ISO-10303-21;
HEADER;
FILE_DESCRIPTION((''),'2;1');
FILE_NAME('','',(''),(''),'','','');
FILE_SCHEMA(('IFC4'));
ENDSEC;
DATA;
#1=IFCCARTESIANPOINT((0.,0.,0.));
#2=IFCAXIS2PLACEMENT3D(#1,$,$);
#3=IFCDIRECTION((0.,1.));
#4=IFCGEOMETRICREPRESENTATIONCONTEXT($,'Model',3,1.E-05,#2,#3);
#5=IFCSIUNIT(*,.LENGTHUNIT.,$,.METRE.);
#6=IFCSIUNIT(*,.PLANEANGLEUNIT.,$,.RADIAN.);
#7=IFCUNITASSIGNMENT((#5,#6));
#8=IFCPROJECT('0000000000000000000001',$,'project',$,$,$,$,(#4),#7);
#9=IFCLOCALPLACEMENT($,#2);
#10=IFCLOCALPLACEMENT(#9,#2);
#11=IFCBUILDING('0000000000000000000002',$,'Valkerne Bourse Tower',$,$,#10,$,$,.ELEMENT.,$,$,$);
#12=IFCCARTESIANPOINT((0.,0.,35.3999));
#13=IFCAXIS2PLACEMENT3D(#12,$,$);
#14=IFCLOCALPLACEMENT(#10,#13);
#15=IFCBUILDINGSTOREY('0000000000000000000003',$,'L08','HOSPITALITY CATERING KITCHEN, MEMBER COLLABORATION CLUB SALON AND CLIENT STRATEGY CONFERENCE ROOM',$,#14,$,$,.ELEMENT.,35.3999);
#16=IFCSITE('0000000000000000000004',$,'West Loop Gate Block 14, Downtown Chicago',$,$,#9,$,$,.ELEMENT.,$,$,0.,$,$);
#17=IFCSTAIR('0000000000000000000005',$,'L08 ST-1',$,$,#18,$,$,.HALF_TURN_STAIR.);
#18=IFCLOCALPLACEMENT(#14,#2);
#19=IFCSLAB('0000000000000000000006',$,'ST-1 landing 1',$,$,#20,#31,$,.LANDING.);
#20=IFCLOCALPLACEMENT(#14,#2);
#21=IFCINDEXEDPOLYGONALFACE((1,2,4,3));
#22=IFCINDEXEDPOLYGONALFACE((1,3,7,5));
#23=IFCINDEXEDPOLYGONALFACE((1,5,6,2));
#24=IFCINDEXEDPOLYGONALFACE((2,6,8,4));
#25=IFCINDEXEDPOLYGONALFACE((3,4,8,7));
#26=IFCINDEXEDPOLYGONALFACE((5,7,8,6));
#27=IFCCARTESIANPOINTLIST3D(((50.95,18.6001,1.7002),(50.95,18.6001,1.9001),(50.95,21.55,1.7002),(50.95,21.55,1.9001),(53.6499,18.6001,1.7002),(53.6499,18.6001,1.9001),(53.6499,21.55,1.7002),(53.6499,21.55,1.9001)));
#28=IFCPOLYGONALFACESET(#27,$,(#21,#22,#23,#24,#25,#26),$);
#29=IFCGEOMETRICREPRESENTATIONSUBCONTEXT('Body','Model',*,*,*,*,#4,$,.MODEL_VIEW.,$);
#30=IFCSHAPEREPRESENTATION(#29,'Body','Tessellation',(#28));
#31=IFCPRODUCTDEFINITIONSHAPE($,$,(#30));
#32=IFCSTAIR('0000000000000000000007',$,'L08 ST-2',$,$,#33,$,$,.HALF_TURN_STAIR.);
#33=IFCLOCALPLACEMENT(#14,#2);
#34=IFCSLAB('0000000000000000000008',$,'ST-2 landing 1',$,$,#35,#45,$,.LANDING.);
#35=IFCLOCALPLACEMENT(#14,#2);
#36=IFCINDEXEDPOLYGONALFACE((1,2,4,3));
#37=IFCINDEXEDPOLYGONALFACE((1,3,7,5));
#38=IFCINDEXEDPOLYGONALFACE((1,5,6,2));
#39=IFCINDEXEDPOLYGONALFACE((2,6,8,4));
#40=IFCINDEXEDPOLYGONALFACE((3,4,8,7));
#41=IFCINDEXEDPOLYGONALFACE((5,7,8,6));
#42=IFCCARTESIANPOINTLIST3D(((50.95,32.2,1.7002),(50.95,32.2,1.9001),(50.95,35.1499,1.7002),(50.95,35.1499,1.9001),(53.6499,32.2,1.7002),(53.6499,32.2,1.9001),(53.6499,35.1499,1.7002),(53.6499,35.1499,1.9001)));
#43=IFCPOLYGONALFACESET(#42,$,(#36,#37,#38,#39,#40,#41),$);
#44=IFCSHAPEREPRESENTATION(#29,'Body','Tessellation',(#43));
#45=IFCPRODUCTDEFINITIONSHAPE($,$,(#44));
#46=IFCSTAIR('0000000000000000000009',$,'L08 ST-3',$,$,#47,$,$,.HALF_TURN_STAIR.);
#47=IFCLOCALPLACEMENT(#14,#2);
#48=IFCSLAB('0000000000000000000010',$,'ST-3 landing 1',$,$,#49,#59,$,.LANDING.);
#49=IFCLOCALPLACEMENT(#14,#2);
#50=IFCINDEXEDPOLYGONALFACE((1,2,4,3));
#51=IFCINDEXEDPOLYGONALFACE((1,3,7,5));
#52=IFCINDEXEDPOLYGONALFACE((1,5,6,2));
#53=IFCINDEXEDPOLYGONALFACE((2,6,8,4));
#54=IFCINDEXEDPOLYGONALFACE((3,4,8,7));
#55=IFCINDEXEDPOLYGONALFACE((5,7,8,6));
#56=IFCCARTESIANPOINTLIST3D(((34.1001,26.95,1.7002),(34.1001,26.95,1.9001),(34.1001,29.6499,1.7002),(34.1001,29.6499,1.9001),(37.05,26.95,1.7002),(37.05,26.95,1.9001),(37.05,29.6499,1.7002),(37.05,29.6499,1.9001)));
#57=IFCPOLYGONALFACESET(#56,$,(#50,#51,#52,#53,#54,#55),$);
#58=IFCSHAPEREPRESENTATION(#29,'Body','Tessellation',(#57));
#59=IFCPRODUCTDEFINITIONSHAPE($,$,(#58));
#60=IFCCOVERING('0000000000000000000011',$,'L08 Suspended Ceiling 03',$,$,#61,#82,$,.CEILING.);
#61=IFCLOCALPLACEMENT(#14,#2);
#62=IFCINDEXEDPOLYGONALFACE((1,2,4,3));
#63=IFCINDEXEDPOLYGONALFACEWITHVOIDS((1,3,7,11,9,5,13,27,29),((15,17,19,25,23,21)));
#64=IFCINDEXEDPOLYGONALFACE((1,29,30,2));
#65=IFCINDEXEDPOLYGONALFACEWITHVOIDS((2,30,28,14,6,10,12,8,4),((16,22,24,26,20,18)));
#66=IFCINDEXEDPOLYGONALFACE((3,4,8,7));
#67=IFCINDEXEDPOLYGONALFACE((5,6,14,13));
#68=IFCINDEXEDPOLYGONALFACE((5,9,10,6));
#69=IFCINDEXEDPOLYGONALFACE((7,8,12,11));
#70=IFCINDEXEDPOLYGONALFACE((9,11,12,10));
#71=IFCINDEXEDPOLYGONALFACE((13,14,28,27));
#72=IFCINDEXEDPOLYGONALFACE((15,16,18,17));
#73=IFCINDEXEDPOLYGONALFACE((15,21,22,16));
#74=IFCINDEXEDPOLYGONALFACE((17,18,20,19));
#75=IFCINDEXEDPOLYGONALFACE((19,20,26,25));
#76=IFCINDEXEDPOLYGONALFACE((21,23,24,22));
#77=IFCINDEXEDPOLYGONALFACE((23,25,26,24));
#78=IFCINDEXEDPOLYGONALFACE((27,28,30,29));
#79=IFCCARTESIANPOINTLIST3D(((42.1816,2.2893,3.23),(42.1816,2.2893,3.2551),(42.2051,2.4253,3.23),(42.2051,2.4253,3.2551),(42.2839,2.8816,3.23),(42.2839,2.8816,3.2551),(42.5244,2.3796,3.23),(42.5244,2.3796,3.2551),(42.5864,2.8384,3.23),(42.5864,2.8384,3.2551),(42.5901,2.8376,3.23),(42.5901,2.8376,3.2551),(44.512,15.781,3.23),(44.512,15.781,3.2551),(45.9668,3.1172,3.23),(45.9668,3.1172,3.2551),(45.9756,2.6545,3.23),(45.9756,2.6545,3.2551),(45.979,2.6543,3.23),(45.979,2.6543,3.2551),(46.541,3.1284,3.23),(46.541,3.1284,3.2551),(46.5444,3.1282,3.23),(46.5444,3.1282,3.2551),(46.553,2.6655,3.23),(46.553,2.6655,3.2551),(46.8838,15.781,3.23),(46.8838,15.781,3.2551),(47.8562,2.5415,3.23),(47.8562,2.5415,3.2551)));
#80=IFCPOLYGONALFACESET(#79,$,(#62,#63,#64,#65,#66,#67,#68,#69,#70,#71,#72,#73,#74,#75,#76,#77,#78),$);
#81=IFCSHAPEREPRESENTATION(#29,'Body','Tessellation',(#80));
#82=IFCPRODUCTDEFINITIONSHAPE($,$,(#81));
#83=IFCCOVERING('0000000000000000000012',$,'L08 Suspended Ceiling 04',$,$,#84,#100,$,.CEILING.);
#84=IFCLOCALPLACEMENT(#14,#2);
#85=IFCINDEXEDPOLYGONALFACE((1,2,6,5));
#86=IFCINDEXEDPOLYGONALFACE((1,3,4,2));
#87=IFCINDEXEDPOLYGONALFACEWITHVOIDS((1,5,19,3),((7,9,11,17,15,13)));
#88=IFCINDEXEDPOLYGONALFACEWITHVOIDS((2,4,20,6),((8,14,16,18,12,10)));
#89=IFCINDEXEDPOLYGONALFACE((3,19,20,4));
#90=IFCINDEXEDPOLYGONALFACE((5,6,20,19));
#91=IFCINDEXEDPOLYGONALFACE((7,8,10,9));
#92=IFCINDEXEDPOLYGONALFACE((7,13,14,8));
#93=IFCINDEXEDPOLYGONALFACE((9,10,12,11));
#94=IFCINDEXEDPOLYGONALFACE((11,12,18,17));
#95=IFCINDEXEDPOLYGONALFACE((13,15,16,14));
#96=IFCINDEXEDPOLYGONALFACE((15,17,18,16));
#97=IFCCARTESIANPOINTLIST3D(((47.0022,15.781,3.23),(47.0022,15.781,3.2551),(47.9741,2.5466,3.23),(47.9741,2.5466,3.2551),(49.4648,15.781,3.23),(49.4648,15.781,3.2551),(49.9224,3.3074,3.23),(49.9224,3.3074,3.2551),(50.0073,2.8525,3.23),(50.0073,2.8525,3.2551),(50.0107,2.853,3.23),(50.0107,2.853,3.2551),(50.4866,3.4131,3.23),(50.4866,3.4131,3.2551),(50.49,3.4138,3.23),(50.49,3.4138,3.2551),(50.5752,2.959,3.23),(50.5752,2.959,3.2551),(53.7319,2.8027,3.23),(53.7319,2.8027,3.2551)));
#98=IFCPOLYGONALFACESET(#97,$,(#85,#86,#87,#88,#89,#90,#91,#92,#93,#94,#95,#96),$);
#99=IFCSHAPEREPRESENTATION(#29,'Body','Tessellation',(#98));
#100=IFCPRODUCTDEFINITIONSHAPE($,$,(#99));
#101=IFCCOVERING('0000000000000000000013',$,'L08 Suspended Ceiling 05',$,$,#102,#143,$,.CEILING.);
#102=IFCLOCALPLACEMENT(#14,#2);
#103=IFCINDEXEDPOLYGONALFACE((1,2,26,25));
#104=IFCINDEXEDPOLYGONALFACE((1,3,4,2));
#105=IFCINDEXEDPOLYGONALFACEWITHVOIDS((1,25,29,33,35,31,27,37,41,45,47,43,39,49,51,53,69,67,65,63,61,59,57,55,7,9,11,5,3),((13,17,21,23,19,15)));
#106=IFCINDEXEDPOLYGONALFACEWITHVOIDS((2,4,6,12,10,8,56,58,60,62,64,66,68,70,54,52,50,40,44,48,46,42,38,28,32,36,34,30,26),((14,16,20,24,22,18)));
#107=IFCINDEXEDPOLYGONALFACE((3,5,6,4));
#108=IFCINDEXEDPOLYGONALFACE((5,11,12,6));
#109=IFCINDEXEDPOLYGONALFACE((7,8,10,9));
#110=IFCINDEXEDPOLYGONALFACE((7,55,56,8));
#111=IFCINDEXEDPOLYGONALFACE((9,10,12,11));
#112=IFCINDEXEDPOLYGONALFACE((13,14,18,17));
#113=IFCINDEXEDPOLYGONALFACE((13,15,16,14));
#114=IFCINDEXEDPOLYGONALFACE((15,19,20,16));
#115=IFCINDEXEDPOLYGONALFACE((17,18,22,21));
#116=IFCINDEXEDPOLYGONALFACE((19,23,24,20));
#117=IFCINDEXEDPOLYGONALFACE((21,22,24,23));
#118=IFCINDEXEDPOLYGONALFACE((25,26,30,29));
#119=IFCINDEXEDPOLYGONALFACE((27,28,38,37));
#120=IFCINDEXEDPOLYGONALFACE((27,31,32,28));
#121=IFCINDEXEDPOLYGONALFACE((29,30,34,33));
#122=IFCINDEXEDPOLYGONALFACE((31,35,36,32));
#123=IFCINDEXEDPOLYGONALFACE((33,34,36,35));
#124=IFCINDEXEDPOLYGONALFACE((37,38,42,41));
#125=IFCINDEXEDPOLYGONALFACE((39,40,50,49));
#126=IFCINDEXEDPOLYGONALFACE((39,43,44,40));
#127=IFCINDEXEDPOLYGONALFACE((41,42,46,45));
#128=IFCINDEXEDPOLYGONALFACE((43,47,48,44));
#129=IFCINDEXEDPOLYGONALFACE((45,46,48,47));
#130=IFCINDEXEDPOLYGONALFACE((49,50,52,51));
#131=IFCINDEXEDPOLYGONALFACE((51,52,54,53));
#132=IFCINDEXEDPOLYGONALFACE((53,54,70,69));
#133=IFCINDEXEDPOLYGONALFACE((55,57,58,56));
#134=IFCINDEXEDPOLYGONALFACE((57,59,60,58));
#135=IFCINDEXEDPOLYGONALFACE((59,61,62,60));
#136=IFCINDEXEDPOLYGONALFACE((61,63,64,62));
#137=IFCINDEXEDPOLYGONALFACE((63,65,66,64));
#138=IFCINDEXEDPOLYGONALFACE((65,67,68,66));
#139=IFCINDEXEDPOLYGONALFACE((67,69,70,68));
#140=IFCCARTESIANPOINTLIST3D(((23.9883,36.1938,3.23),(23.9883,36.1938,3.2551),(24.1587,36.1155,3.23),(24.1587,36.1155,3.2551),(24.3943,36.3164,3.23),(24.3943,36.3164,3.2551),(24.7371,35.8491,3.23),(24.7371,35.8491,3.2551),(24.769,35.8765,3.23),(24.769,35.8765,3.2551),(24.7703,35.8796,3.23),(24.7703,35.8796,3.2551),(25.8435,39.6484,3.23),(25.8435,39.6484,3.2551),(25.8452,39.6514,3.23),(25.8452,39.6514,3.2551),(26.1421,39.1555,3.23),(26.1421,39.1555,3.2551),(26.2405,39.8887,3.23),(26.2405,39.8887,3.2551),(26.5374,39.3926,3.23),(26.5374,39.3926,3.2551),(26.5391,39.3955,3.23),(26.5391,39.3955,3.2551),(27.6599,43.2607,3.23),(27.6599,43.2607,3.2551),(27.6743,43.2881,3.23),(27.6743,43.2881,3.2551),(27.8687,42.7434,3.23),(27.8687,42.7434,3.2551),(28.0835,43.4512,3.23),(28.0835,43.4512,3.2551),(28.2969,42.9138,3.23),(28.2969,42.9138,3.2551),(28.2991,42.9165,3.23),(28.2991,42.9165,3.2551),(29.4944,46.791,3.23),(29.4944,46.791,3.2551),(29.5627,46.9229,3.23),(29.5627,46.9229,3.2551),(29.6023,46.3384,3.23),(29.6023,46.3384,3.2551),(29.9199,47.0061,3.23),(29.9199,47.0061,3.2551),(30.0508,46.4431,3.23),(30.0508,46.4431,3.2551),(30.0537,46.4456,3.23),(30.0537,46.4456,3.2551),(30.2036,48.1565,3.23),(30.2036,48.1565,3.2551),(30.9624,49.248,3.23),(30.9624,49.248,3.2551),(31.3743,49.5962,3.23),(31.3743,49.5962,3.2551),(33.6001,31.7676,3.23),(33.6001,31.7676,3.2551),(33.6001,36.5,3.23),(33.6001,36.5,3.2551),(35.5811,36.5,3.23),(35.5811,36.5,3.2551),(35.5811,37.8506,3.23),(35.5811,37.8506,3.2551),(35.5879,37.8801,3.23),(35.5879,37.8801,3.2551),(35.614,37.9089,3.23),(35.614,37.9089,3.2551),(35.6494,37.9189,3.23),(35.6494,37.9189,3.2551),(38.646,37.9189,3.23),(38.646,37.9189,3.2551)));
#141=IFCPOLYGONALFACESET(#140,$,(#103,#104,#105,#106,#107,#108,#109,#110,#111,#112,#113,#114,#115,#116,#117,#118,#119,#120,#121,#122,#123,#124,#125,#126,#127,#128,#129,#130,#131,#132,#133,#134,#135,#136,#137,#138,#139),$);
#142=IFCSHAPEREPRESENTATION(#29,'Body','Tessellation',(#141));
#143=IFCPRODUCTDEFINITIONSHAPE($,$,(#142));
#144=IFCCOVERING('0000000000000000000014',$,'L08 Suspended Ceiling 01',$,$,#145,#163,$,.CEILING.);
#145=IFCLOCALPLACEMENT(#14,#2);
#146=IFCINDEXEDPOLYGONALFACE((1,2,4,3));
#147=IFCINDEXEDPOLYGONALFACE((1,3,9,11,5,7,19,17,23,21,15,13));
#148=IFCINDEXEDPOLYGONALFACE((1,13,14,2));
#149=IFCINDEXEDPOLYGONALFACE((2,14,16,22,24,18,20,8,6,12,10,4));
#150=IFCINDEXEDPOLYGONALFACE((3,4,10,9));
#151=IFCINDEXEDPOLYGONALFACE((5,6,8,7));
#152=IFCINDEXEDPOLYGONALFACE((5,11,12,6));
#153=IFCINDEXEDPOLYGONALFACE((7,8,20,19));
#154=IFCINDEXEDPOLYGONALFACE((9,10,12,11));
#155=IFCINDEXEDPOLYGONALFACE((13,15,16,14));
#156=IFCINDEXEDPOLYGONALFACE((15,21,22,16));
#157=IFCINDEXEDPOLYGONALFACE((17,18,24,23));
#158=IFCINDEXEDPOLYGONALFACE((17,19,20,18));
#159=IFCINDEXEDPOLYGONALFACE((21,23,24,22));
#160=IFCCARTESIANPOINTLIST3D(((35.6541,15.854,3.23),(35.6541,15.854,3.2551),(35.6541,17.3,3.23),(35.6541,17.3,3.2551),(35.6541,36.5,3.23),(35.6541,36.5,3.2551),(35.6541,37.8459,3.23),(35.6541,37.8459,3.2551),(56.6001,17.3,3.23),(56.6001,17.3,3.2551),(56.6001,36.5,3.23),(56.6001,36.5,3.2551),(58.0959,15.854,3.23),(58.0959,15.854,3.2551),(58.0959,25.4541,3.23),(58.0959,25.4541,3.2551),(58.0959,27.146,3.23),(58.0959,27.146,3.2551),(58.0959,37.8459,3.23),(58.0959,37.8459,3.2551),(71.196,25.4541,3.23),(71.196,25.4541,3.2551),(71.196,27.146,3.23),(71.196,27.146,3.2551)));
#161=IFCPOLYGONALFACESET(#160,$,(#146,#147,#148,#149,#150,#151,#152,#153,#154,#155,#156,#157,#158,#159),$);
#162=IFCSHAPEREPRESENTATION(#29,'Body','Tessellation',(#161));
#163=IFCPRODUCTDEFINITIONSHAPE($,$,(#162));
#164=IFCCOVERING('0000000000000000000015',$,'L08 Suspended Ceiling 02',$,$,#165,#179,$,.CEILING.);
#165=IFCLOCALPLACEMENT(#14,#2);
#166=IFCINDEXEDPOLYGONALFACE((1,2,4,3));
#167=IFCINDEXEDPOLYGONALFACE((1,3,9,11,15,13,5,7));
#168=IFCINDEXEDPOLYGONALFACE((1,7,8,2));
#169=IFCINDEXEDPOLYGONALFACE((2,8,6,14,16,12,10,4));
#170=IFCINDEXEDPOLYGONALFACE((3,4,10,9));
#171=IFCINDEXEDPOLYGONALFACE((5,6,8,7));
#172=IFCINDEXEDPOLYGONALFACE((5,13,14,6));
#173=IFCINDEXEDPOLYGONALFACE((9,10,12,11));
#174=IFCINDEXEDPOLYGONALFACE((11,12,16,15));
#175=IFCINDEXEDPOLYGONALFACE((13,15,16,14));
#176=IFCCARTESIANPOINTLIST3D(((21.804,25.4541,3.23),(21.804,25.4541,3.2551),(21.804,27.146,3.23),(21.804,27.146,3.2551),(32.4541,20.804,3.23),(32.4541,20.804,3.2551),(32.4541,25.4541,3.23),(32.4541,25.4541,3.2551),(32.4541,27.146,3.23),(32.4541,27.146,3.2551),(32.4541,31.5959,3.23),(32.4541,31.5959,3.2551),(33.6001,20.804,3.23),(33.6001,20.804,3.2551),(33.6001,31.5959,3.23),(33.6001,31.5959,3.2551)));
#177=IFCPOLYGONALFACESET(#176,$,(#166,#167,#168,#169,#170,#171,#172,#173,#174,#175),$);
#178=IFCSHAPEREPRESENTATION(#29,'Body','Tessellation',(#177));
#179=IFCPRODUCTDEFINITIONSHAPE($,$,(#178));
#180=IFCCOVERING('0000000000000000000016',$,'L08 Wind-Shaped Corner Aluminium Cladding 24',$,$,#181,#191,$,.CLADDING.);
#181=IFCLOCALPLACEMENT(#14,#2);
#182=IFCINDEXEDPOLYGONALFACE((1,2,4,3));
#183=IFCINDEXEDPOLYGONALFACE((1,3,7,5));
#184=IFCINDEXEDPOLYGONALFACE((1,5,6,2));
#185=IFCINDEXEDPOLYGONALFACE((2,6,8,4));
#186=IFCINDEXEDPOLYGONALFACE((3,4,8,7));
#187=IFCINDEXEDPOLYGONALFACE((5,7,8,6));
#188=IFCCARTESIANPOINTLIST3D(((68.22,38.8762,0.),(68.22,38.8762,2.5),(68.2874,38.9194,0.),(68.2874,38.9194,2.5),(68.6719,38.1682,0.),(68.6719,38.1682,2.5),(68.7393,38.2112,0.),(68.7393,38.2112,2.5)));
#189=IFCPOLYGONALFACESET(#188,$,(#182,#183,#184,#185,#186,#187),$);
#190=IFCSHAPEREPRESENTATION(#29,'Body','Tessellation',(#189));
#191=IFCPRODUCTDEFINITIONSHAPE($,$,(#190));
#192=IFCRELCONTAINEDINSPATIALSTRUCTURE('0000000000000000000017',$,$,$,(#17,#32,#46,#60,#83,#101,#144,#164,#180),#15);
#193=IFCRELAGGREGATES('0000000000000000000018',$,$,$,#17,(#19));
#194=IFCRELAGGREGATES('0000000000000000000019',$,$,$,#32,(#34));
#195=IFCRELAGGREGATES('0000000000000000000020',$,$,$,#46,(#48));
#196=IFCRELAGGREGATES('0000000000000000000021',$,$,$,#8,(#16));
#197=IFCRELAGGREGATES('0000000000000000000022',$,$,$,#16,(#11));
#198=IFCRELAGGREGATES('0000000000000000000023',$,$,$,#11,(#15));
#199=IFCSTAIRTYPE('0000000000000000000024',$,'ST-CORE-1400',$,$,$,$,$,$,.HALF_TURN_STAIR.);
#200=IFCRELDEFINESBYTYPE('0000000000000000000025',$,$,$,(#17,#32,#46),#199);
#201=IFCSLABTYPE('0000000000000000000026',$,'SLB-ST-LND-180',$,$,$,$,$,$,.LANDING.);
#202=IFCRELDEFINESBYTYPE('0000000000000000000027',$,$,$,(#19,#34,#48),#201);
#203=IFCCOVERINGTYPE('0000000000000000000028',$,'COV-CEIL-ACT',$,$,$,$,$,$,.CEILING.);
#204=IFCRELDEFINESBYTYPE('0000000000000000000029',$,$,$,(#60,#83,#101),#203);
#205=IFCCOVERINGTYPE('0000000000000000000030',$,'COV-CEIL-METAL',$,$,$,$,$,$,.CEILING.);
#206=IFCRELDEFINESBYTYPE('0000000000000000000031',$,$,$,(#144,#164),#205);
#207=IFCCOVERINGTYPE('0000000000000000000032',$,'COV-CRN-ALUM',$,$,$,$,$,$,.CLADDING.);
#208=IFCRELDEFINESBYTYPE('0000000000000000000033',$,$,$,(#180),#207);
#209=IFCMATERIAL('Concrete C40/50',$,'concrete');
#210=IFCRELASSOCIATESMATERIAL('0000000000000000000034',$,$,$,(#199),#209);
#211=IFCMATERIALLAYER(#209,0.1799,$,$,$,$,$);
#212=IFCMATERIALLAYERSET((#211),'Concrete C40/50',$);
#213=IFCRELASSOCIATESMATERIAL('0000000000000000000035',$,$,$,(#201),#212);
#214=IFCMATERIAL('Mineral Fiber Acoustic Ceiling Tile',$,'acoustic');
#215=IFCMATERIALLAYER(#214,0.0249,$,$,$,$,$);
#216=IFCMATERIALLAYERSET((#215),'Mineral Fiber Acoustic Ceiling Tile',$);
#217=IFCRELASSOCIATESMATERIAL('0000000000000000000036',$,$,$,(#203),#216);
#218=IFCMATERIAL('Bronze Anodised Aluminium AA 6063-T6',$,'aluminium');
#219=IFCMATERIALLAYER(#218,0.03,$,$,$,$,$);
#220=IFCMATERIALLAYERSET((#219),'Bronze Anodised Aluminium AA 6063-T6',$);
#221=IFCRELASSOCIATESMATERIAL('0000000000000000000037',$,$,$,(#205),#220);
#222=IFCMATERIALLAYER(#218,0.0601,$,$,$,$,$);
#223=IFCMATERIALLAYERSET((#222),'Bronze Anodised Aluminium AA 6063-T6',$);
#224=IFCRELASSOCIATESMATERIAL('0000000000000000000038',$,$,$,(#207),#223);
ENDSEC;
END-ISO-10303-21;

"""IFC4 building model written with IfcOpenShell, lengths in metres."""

from ifc_helpers import new_model, si_unit, direction, frame, origin, place, context, subcontext, project, spatial, polyline, outline, extrude, material, layer, layer_set, type_object, element, aggregate, save


model = new_model("IFC4")

# Units and contexts
model_context = context("Model", 3, precision=1e-05, world=origin(), true_north=direction((0.0, 1.0)))
body_context = subcontext(model_context, "Body", "Model", "MODEL_VIEW")
ifc_project = project(units=[si_unit("LENGTHUNIT", "METRE"), si_unit("PLANEANGLEUNIT", "RADIAN")], contexts=[model_context])

# Site, building, storey
site_placement = place(None, origin())
site = spatial("IfcSite", under=ifc_project, at=site_placement, Name="West Loop Gate Block 14, Downtown Chicago", CompositionType="ELEMENT", RefElevation=0.0)
building_placement = place(site_placement, origin())
building = spatial("IfcBuilding", under=site, at=building_placement, Name="Valkerne Bourse Tower", CompositionType="ELEMENT")
storey_placement = place(building_placement, frame((0.0, 0.0, 35.3999)))
storey = spatial("IfcBuildingStorey", under=building, at=storey_placement, Name="L08", Description="HOSPITALITY CATERING KITCHEN, MEMBER COLLABORATION CLUB SALON AND CLIENT STRATEGY CONFERENCE ROOM", CompositionType="ELEMENT", Elevation=35.3999)

# Stairs, slabs
ifc_material_1 = material(Name="Concrete C40/50", Category="concrete")
stair_type = type_object("IfcStairType", Name="ST-CORE-1400", PredefinedType="HALF_TURN_STAIR", material=ifc_material_1)
stair_1_placement = place(storey_placement, origin())
stair_1 = element("IfcStair", 1, at=stair_1_placement, inside=storey, type_object=stair_type, Name="L08 ST-1", PredefinedType="HALF_TURN_STAIR")
ifc_layer_1 = layer(ifc_material_1, 0.1799)
ifc_layer_set_1 = layer_set([ifc_layer_1], Name="Concrete C40/50")
slab_type = type_object("IfcSlabType", Name="SLB-ST-LND-180", PredefinedType="LANDING", material=ifc_layer_set_1)
slab_1_placement = place(storey_placement, frame((0.0, 0.0, 1.7002)))
slab_1 = element("IfcSlab", 2, at=slab_1_placement, type_object=slab_type, Name="ST-1 landing 1", PredefinedType="LANDING", context=body_context, shape_type="SweptSolid", body=[
    extrude(outline(polyline([(50.95, 18.6001), (53.6499, 18.6001), (53.6499, 21.55), (50.95, 21.55), (50.95, 18.6001)])), origin(), (0.0, 0.0, 1.0), 0.2),
])
aggregate(stair_1, [slab_1])
stair_2_placement = place(storey_placement, origin())
stair_2 = element("IfcStair", 3, at=stair_2_placement, inside=storey, type_object=stair_type, Name="L08 ST-2", PredefinedType="HALF_TURN_STAIR")
slab_2_placement = place(storey_placement, frame((0.0, 0.0, 1.7002)))
slab_2 = element("IfcSlab", 4, at=slab_2_placement, type_object=slab_type, Name="ST-2 landing 1", PredefinedType="LANDING", context=body_context, shape_type="SweptSolid", body=[
    extrude(outline(polyline([(50.95, 32.2), (53.6499, 32.2), (53.6499, 35.1499), (50.95, 35.1499), (50.95, 32.2)])), origin(), (0.0, 0.0, 1.0), 0.2),
])
aggregate(stair_2, [slab_2])
stair_3_placement = place(storey_placement, origin())
stair_3 = element("IfcStair", 5, at=stair_3_placement, inside=storey, type_object=stair_type, Name="L08 ST-3", PredefinedType="HALF_TURN_STAIR")
slab_3_placement = place(storey_placement, frame((0.0, 0.0, 1.7002)))
slab_3 = element("IfcSlab", 6, at=slab_3_placement, type_object=slab_type, Name="ST-3 landing 1", PredefinedType="LANDING", context=body_context, shape_type="SweptSolid", body=[
    extrude(outline(polyline([(37.05, 26.95), (37.05, 29.6499), (34.1001, 29.6499), (34.1001, 26.95), (37.05, 26.95)])), origin(), (0.0, 0.0, 1.0), 0.2),
])
aggregate(stair_3, [slab_3])

# Coverings
ifc_material_2 = material(Name="Mineral Fiber Acoustic Ceiling Tile", Category="acoustic")
ifc_layer_2 = layer(ifc_material_2, 0.0249)
ifc_layer_set_2 = layer_set([ifc_layer_2], Name="Mineral Fiber Acoustic Ceiling Tile")
covering_type_1 = type_object("IfcCoveringType", Name="COV-CEIL-ACT", PredefinedType="CEILING", material=ifc_layer_set_2)
covering_1_placement = place(storey_placement, frame((0.0, 0.0, 3.23)))
element("IfcCovering", 7, at=covering_1_placement, inside=storey, type_object=covering_type_1, Name="L08 Suspended Ceiling 03", PredefinedType="CEILING", context=body_context, shape_type="SweptSolid", body=[
    extrude(outline(polyline([(46.8838, 15.781), (47.8562, 2.5415), (42.1816, 2.2893), (42.2051, 2.4253), (42.5244, 2.3796), (42.5901, 2.8376), (42.5864, 2.8384), (42.2839, 2.8816), (44.512, 15.781), (46.8838, 15.781)]), holes=[polyline([(46.553, 2.6655), (46.5444, 3.1282), (46.541, 3.1284), (45.9668, 3.1172), (45.9756, 2.6545), (45.979, 2.6543), (46.553, 2.6655)])]), origin(), (0.0, 0.0, 1.0), 0.0251),
])
covering_2_placement = place(storey_placement, frame((0.0, 0.0, 3.23)))
element("IfcCovering", 8, at=covering_2_placement, inside=storey, type_object=covering_type_1, Name="L08 Suspended Ceiling 04", PredefinedType="CEILING", context=body_context, shape_type="SweptSolid", body=[
    extrude(outline(polyline([(49.4648, 15.781), (53.7319, 2.8027), (47.9741, 2.5466), (47.0022, 15.781), (49.4648, 15.781)]), holes=[polyline([(50.0107, 2.853), (50.5752, 2.959), (50.49, 3.4138), (50.4866, 3.4131), (49.9224, 3.3074), (50.0073, 2.8525), (50.0107, 2.853)])]), origin(), (0.0, 0.0, 1.0), 0.0251),
])
covering_3_placement = place(storey_placement, frame((0.0, 0.0, 3.23)))
element("IfcCovering", 9, at=covering_3_placement, inside=storey, type_object=covering_type_1, Name="L08 Suspended Ceiling 05", PredefinedType="CEILING", context=body_context, shape_type="SweptSolid", body=[
    extrude(outline(polyline([(31.3743, 49.5962), (38.646, 37.9189), (35.6494, 37.9189), (35.614, 37.9089), (35.5879, 37.8801), (35.5811, 37.8506), (35.5811, 36.5), (33.6001, 36.5), (33.6001, 31.7676), (24.7371, 35.8491), (24.769, 35.8765), (24.7703, 35.8796), (24.3943, 36.3164), (24.1587, 36.1155), (23.9883, 36.1938), (27.6599, 43.2607), (27.8687, 42.7434), (28.2969, 42.9138), (28.2991, 42.9165), (28.0835, 43.4512), (27.6743, 43.2881), (29.4944, 46.791), (29.6023, 46.3384), (30.0508, 46.4431), (30.0537, 46.4456), (29.9199, 47.0061), (29.5627, 46.9229), (30.2036, 48.1565), (30.9624, 49.248), (31.3743, 49.5962)]), holes=[polyline([(26.5374, 39.3926), (26.5391, 39.3955), (26.2405, 39.8887), (25.8452, 39.6514), (25.8435, 39.6484), (26.1421, 39.1555), (26.5374, 39.3926)])]), origin(), (0.0, 0.0, 1.0), 0.0251),
])
ifc_material_3 = material(Name="Bronze Anodised Aluminium AA 6063-T6", Category="aluminium")
ifc_layer_3 = layer(ifc_material_3, 0.03)
ifc_layer_set_3 = layer_set([ifc_layer_3], Name="Bronze Anodised Aluminium AA 6063-T6")
covering_type_2 = type_object("IfcCoveringType", Name="COV-CEIL-METAL", PredefinedType="CEILING", material=ifc_layer_set_3)
covering_4_placement = place(storey_placement, frame((0.0, 0.0, 3.23)))
element("IfcCovering", 10, at=covering_4_placement, inside=storey, type_object=covering_type_2, Name="L08 Suspended Ceiling 01", PredefinedType="CEILING", context=body_context, shape_type="SweptSolid", body=[
    extrude(outline(polyline([(71.196, 27.146), (71.196, 25.4541), (58.0959, 25.4541), (58.0959, 15.854), (35.6541, 15.854), (35.6541, 17.3), (56.6001, 17.3), (56.6001, 36.5), (35.6541, 36.5), (35.6541, 37.8459), (58.0959, 37.8459), (58.0959, 27.146), (71.196, 27.146)])), origin(), (0.0, 0.0, 1.0), 0.0251),
])
covering_5_placement = place(storey_placement, frame((0.0, 0.0, 3.23)))
element("IfcCovering", 11, at=covering_5_placement, inside=storey, type_object=covering_type_2, Name="L08 Suspended Ceiling 02", PredefinedType="CEILING", context=body_context, shape_type="SweptSolid", body=[
    extrude(outline(polyline([(32.4541, 20.804), (32.4541, 25.4541), (21.804, 25.4541), (21.804, 27.146), (32.4541, 27.146), (32.4541, 31.5959), (33.6001, 31.5959), (33.6001, 20.804), (32.4541, 20.804)])), origin(), (0.0, 0.0, 1.0), 0.0251),
])
ifc_layer_4 = layer(ifc_material_3, 0.0601)
ifc_layer_set_4 = layer_set([ifc_layer_4], Name="Bronze Anodised Aluminium AA 6063-T6")
covering_type_3 = type_object("IfcCoveringType", Name="COV-CRN-ALUM", PredefinedType="CLADDING", material=ifc_layer_set_4)
covering_6_placement = place(storey_placement, origin())
element("IfcCovering", 12, at=covering_6_placement, inside=storey, type_object=covering_type_3, Name="L08 Wind-Shaped Corner Aluminium Cladding 24", PredefinedType="CLADDING", context=body_context, shape_type="SweptSolid", body=[
    extrude(outline(polyline([(68.7393, 38.2112), (68.6719, 38.1682), (68.22, 38.8762), (68.2874, 38.9194), (68.7393, 38.2112)])), origin(), (0.0, 0.0, 1.0), 2.5),
])

save(model, "model.ifc")
